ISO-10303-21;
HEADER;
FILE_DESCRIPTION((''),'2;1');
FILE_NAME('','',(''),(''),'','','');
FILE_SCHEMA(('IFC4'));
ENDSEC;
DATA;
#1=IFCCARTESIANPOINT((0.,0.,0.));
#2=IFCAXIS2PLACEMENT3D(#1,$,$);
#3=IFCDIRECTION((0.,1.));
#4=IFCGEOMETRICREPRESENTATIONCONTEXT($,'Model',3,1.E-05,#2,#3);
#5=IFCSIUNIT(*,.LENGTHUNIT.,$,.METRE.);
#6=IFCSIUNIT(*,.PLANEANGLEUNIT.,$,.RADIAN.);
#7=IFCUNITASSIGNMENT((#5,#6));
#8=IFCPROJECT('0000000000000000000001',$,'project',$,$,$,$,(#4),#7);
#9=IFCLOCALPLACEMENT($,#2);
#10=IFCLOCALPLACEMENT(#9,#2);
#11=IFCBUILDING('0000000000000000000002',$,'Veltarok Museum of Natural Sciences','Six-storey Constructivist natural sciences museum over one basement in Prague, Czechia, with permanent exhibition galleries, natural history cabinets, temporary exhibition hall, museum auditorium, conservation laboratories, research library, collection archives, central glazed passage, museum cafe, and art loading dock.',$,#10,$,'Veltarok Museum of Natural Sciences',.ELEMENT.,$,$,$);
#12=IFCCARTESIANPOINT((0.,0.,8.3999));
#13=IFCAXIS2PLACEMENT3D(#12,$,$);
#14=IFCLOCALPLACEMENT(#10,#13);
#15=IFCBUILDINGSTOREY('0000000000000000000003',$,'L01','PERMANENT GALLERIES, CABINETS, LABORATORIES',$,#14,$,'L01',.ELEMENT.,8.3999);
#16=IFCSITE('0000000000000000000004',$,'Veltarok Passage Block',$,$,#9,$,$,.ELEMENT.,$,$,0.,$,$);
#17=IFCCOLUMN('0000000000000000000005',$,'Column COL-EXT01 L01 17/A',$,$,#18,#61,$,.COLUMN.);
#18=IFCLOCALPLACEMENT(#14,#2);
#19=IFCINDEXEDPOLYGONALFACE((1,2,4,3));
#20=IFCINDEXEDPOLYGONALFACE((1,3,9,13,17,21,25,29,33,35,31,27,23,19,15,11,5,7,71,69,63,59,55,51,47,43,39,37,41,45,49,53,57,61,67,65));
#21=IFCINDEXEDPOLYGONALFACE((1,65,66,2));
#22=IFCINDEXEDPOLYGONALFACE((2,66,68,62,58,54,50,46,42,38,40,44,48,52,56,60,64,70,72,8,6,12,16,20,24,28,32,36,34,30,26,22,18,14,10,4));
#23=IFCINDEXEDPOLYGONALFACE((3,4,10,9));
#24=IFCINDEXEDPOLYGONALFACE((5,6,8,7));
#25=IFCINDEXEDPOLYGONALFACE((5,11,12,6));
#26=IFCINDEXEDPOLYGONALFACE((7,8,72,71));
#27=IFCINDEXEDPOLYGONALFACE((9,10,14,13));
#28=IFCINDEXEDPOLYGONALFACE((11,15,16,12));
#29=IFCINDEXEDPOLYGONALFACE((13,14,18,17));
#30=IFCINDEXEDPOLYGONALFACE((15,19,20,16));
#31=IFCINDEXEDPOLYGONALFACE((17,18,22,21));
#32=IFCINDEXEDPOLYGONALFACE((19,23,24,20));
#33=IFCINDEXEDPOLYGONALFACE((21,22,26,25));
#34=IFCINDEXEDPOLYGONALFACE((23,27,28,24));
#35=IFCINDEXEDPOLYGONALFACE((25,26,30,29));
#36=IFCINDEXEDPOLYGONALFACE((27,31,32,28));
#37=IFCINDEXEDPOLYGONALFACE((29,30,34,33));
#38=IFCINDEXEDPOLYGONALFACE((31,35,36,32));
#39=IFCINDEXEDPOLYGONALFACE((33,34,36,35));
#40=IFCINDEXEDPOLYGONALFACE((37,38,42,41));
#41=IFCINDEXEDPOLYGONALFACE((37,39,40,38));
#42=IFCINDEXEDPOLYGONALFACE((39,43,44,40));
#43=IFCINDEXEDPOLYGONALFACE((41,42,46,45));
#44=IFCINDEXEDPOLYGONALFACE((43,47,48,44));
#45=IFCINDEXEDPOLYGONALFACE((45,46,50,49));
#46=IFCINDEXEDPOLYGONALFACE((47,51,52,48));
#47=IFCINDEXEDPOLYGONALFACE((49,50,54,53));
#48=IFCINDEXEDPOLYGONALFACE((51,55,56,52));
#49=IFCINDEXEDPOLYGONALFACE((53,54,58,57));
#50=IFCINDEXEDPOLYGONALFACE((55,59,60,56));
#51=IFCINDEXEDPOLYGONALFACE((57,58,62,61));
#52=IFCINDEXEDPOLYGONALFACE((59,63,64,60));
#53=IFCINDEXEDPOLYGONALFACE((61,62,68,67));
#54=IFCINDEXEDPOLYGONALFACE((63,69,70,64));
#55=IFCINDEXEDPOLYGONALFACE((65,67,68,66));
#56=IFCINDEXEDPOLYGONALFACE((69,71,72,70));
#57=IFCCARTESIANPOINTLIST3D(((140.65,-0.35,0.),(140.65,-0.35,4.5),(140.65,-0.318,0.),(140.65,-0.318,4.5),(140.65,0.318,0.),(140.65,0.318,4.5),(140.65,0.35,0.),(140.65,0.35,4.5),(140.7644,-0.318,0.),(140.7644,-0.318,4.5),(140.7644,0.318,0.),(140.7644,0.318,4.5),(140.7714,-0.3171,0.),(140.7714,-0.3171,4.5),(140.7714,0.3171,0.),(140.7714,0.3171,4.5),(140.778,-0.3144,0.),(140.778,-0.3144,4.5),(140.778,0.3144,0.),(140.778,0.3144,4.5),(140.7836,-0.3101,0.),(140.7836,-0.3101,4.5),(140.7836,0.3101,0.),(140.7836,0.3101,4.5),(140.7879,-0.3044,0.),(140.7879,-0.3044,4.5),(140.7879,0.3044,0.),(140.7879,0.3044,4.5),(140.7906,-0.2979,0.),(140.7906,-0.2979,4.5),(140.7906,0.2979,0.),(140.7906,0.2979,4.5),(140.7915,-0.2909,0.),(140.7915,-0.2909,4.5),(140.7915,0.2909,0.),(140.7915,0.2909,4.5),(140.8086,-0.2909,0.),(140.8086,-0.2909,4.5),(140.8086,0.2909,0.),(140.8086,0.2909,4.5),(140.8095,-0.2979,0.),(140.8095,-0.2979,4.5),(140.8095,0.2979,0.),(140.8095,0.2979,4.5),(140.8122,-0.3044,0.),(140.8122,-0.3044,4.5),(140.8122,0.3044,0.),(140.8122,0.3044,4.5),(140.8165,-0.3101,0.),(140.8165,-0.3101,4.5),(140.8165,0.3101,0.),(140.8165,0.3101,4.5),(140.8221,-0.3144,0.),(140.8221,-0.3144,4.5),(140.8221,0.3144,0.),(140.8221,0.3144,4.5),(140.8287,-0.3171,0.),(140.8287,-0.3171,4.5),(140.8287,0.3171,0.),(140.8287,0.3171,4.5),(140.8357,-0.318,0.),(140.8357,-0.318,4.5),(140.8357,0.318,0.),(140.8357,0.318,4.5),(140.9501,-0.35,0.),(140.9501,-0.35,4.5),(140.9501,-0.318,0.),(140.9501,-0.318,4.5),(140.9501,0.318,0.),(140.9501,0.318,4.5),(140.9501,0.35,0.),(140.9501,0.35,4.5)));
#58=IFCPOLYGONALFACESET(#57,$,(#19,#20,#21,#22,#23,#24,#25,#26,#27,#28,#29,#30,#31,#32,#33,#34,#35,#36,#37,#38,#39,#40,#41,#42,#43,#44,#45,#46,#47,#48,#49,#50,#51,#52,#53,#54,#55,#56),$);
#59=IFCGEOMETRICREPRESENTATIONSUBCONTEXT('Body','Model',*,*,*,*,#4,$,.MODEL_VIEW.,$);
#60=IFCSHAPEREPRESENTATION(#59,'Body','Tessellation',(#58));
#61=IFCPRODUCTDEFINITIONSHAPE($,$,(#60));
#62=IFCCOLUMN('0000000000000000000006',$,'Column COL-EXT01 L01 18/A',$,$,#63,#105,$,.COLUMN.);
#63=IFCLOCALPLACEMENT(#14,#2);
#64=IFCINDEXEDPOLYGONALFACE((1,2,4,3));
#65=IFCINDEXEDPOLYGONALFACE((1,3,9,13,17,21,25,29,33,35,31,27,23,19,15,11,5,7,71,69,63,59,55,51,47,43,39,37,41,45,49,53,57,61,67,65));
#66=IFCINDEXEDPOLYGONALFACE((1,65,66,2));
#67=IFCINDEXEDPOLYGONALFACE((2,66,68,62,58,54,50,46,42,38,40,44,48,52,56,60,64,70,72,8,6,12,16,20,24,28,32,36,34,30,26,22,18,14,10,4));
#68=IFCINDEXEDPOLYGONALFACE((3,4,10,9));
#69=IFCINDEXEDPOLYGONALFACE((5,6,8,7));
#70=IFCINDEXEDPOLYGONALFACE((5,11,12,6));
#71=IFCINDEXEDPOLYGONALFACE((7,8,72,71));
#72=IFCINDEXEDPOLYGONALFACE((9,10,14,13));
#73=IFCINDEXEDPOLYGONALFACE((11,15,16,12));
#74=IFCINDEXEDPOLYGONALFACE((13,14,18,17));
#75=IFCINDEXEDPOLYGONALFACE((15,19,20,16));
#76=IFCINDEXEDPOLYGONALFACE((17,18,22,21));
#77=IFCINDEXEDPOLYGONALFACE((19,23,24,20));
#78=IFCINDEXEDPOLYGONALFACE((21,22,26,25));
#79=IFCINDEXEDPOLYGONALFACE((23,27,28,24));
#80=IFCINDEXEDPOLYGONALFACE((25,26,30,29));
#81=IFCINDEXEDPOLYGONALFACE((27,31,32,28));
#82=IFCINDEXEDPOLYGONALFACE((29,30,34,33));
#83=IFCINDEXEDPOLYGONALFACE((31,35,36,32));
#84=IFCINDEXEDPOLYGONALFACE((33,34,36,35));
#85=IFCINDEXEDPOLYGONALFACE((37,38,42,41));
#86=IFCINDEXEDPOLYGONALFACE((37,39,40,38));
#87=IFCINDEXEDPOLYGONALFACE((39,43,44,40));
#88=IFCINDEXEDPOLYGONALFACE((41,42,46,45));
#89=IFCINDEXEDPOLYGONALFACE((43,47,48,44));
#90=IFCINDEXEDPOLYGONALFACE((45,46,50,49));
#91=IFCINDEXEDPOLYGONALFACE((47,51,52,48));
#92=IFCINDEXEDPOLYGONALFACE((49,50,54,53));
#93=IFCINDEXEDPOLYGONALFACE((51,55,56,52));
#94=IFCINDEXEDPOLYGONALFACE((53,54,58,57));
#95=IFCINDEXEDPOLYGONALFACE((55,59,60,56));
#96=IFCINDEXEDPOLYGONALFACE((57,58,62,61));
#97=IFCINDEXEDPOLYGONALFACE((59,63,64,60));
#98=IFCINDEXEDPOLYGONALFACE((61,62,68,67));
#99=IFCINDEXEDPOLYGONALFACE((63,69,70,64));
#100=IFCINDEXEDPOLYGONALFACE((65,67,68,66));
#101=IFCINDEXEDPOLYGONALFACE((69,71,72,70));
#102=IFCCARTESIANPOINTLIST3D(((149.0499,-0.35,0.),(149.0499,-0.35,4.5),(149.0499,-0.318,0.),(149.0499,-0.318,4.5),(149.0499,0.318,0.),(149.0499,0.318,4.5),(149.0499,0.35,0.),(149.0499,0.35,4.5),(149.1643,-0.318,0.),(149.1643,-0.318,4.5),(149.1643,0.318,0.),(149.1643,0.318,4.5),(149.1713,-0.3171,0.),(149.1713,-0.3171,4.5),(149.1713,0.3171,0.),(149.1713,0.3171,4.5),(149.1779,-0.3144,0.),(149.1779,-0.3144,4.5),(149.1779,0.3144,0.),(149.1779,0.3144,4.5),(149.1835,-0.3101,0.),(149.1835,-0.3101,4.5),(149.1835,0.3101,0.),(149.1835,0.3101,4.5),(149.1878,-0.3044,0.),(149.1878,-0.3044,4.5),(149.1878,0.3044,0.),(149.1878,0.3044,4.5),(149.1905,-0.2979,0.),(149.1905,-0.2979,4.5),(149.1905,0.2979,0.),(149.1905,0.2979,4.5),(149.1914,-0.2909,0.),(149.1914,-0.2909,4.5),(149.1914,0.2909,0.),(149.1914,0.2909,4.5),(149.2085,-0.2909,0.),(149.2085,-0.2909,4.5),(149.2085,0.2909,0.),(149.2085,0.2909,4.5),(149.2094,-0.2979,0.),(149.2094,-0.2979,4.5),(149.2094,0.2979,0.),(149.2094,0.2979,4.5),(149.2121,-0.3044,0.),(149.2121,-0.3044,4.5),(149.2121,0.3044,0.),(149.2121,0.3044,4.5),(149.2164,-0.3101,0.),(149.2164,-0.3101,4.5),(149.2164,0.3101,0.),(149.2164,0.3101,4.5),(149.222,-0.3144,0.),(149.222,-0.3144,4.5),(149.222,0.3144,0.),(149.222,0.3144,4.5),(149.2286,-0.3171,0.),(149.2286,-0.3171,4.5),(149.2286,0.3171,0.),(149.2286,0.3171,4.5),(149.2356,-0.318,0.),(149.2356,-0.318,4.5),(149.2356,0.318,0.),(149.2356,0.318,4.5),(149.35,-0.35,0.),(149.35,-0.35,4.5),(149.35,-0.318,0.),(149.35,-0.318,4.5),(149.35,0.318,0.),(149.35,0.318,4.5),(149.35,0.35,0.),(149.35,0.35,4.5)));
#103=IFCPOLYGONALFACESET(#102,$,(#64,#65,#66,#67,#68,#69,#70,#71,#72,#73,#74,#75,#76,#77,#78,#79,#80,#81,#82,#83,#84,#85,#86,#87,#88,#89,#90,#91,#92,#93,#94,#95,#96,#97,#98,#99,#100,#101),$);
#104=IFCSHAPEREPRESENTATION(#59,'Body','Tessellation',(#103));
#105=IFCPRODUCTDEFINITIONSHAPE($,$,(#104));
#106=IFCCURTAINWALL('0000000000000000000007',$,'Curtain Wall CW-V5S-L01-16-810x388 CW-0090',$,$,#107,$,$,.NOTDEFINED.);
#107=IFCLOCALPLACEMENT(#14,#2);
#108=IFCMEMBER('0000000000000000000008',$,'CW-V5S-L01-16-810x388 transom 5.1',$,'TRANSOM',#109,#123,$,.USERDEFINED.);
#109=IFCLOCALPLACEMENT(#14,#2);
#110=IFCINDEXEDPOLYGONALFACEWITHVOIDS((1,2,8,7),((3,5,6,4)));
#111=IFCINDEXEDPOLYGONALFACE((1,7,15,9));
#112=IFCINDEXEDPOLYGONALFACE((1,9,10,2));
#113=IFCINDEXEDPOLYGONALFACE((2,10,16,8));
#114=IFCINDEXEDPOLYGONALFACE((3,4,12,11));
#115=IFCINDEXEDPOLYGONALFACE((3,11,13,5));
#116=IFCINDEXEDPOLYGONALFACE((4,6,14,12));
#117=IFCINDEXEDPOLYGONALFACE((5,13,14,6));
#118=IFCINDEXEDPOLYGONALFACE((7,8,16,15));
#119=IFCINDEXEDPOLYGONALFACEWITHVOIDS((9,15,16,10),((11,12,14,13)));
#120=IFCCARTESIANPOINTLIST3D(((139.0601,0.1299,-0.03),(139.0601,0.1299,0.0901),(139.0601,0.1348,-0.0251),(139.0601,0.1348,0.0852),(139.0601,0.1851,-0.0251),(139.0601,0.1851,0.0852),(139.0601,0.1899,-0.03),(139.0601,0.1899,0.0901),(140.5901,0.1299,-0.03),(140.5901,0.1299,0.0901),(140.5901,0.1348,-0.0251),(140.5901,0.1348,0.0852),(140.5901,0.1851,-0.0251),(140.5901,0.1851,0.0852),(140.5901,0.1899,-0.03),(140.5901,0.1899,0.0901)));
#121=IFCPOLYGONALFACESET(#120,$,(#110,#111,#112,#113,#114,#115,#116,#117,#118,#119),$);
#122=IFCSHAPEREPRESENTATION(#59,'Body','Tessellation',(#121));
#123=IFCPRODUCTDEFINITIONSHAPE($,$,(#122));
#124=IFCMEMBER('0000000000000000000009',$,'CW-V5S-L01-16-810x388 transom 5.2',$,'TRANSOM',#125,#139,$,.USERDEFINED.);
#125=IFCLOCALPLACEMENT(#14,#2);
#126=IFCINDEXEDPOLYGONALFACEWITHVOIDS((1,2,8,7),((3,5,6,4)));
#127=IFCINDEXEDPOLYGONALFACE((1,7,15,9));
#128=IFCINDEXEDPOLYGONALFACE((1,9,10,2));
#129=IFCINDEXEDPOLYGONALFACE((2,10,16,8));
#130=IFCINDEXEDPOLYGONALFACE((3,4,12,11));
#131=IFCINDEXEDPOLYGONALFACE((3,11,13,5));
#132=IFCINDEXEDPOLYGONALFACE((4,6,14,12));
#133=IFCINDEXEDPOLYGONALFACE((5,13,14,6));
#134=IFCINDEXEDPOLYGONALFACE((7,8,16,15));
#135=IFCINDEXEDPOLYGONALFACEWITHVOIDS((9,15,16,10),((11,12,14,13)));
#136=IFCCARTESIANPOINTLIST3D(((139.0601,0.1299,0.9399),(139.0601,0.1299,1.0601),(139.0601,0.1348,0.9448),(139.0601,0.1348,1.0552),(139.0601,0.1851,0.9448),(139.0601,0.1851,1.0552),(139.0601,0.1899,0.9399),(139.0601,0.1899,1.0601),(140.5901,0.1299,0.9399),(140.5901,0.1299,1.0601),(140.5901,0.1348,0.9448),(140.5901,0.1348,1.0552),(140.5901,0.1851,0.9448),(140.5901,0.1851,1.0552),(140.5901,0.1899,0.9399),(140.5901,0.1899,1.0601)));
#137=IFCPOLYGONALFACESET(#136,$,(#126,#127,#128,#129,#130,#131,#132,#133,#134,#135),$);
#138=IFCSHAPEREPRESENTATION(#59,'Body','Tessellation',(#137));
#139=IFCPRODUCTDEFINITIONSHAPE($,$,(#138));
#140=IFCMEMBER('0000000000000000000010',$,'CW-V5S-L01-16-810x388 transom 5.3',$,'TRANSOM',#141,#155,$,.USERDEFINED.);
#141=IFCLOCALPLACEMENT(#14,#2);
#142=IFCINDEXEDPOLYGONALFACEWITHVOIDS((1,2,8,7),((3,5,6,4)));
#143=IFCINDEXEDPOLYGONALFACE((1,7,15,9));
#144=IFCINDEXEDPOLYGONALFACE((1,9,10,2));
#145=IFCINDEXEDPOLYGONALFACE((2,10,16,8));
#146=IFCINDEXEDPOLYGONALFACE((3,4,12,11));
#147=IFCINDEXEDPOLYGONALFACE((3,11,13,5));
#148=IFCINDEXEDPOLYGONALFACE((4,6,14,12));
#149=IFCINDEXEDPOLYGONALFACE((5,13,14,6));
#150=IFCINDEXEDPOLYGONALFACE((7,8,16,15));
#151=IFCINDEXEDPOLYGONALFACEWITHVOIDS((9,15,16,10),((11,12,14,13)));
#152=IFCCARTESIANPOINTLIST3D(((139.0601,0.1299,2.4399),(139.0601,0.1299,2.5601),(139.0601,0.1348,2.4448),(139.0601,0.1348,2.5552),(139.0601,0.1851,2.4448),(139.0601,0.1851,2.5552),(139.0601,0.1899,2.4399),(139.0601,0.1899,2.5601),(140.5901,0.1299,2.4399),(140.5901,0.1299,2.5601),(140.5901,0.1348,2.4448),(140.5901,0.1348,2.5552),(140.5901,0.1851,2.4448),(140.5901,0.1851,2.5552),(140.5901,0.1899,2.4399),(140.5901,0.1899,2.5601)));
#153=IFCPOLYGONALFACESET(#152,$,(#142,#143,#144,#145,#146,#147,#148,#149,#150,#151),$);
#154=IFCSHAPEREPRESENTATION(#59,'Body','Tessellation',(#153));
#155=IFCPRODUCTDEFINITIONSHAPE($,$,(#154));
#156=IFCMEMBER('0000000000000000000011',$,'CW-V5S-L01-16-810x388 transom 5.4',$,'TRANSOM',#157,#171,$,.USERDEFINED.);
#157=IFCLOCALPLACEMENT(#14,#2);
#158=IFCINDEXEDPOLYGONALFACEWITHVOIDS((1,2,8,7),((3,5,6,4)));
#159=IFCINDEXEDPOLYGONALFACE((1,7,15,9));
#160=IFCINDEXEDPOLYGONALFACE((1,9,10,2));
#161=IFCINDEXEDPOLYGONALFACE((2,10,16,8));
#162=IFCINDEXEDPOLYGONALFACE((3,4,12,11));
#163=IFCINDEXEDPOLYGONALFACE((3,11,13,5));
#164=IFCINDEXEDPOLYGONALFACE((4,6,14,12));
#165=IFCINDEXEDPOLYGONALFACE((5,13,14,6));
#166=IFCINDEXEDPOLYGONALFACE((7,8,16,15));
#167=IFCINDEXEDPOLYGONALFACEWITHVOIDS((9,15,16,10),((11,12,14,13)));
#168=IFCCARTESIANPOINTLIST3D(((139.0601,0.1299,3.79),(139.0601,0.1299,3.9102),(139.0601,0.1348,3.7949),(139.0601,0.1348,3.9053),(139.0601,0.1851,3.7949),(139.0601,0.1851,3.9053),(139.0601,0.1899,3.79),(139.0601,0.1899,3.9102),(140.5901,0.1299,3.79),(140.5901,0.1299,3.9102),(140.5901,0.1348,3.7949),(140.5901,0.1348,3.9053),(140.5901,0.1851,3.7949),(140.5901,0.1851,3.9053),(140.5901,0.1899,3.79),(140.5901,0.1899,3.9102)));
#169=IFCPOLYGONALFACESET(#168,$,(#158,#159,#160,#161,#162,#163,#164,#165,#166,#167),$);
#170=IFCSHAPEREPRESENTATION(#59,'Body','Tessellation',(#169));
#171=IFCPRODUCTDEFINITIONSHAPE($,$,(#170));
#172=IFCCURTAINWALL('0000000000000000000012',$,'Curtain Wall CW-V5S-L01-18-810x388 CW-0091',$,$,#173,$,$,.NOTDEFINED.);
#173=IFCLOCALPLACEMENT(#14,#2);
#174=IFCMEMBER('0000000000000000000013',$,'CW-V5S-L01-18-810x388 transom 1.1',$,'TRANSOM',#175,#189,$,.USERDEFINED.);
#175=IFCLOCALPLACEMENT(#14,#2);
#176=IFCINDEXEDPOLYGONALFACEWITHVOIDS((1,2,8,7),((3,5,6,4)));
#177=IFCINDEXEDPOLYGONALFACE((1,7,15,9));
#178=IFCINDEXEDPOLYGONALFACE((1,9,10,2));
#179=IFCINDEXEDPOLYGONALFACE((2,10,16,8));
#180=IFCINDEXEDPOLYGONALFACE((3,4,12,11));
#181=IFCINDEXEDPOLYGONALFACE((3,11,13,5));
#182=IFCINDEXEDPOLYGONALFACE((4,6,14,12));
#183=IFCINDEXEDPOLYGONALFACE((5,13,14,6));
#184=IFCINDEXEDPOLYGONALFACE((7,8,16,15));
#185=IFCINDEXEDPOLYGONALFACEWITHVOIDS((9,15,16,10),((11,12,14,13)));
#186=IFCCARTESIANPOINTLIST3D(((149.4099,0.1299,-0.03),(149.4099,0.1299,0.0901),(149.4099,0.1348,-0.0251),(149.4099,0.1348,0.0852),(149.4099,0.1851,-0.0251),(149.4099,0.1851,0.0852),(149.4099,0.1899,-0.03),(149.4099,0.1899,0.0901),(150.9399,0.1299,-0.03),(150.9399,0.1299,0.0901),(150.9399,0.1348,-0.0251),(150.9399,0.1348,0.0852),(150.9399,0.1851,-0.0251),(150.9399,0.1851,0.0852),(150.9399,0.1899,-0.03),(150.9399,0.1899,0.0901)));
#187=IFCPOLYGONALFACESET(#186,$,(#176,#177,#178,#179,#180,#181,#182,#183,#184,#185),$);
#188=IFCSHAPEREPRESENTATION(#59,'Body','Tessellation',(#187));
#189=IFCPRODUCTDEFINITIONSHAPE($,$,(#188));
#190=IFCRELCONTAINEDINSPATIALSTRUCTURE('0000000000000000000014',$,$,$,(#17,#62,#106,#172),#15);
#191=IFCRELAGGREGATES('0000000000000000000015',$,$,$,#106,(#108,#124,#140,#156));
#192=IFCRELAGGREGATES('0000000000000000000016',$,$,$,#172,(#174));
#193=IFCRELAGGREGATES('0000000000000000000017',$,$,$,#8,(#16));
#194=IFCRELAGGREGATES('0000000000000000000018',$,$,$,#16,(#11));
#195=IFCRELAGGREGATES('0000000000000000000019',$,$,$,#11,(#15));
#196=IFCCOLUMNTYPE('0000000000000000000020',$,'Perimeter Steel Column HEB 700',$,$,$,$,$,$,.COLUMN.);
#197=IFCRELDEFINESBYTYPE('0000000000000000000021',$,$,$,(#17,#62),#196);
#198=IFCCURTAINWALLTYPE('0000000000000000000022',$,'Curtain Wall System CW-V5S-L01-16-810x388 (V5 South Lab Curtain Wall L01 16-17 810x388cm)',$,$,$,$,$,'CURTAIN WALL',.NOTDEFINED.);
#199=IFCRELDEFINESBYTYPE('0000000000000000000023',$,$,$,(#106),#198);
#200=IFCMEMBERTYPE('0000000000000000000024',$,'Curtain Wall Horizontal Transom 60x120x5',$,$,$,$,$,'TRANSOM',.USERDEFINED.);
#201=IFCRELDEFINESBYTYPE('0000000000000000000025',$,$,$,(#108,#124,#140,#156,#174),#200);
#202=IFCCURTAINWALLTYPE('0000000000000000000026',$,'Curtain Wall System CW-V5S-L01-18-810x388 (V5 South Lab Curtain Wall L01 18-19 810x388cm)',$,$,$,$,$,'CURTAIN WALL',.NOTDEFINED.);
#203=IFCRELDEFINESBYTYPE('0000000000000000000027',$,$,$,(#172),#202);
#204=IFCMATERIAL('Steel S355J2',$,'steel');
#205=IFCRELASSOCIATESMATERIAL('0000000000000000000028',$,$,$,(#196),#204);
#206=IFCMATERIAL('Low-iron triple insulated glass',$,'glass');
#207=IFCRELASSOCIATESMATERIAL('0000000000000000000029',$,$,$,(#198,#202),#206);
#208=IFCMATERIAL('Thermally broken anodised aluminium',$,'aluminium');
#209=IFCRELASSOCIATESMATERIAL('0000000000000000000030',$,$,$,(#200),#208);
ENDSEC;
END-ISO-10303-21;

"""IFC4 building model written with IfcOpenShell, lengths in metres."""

from ifc_helpers import new_model, si_unit, direction, frame, origin, origin_2d, place, context, subcontext, project, spatial, hollow_rectangle, i_section, extrude, material, material_profile, profile_set, type_object, element, aggregate, save


model = new_model("IFC4")

# Units and contexts
model_context = context("Model", 3, precision=1e-05, world=origin(), true_north=direction((0.0, 1.0)))
body_context = subcontext(model_context, "Body", "Model", "MODEL_VIEW")
ifc_project = project(units=[si_unit("LENGTHUNIT", "METRE"), si_unit("PLANEANGLEUNIT", "RADIAN")], contexts=[model_context])

# Site, building, storey
site_placement = place(None, origin())
site = spatial("IfcSite", under=ifc_project, at=site_placement, Name="Veltarok Passage Block", CompositionType="ELEMENT", RefElevation=0.0)
building_placement = place(site_placement, origin())
building = spatial("IfcBuilding", under=site, at=building_placement, Name="Veltarok Museum of Natural Sciences", Description="Six-storey Constructivist natural sciences museum over one basement in Prague, Czechia, with permanent exhibition galleries, natural history cabinets, temporary exhibition hall, museum auditorium, conservation laboratories, research library, collection archives, central glazed passage, museum cafe, and art loading dock.", LongName="Veltarok Museum of Natural Sciences", CompositionType="ELEMENT")
storey_placement = place(building_placement, frame((0.0, 0.0, 8.3999)))
storey = spatial("IfcBuildingStorey", under=building, at=storey_placement, Name="L01", Description="PERMANENT GALLERIES, CABINETS, LABORATORIES", LongName="L01", CompositionType="ELEMENT", Elevation=8.3999)

# Columns
ifc_material_1 = material(Name="Steel S355J2", Category="steel")
ifc_material_profile_1 = material_profile(ifc_material_1, i_section(OverallWidth=0.3, OverallDepth=0.7, WebThickness=0.0171, FlangeThickness=0.032, FilletRadius=0.0271, at=origin_2d()), Name="HEB 700")
ifc_profile_set_1 = profile_set([ifc_material_profile_1], Name="Steel S355J2")
column_type = type_object("IfcColumnType", Name="Perimeter Steel Column HEB 700", PredefinedType="COLUMN", material=ifc_profile_set_1)
for number, where, z_axis, x_axis, name in (
    (1, (140.8, 0.0, 0.0), (0.0, 0.0, 1.0), (1.0, 0.0, 0.0), "Column COL-EXT01 L01 17/A"),
    (2, (149.2, 0.0, 0.0), (0.0, 0.0, 1.0), (1.0, 0.0, 0.0), "Column COL-EXT01 L01 18/A"),
):
    element("IfcColumn", number, at=place(storey_placement, frame(where, z_axis=z_axis, x_axis=x_axis)), inside=storey, type_object=column_type, Name=name, PredefinedType="COLUMN", context=body_context, shape_type="SweptSolid", body=[
        extrude(i_section(OverallWidth=0.3, OverallDepth=0.7, WebThickness=0.0171, FlangeThickness=0.032, FilletRadius=0.0271, at=origin_2d()), origin(), (0.0, 0.0, 1.0), 4.5),
    ])

# Curtain walls, members
ifc_material_2 = material(Name="Low-iron triple insulated glass", Category="glass")
curtain_wall_type_1 = type_object("IfcCurtainWallType", Name="Curtain Wall System CW-V5S-L01-16-810x388 (V5 South Lab Curtain Wall L01 16-17 810x388cm)", ElementType="CURTAIN WALL", PredefinedType="NOTDEFINED", material=ifc_material_2)
curtain_wall_1_placement = place(storey_placement, origin())
curtain_wall_1 = element("IfcCurtainWall", 3, at=curtain_wall_1_placement, inside=storey, type_object=curtain_wall_type_1, Name="Curtain Wall CW-V5S-L01-16-810x388 CW-0090", PredefinedType="NOTDEFINED")
ifc_material_3 = material(Name="Thermally broken anodised aluminium", Category="aluminium")
ifc_material_profile_2 = material_profile(ifc_material_3, hollow_rectangle(XDim=0.0601, YDim=0.1201, WallThickness=0.0049, at=origin_2d()), Name="CW TRANSOM 60x120x5")
ifc_profile_set_2 = profile_set([ifc_material_profile_2], Name="Thermally broken anodised aluminium")
member_type_1 = type_object("IfcMemberType", Name="Curtain Wall Horizontal Transom 60x120x5", ElementType="TRANSOM", PredefinedType="USERDEFINED", material=ifc_profile_set_2)
member_1_placement = place(storey_placement, frame((139.0601, 0.1599, 0.03), z_axis=(1.0, 0.0, 0.0), x_axis=(0.0, 1.0, 0.0)))
member_1 = element("IfcMember", 4, at=member_1_placement, type_object=member_type_1, Name="CW-V5S-L01-16-810x388 transom 5.1", ObjectType="TRANSOM", PredefinedType="USERDEFINED", context=body_context, shape_type="SweptSolid", body=[
    extrude(hollow_rectangle(XDim=0.0601, YDim=0.1201, WallThickness=0.0049, at=origin_2d()), origin(), (0.0, 0.0, 1.0), 1.53),
])
member_2_placement = place(storey_placement, frame((139.0601, 0.1599, 1.0), z_axis=(1.0, 0.0, 0.0), x_axis=(0.0, 1.0, 0.0)))
member_2 = element("IfcMember", 5, at=member_2_placement, type_object=member_type_1, Name="CW-V5S-L01-16-810x388 transom 5.2", ObjectType="TRANSOM", PredefinedType="USERDEFINED", context=body_context, shape_type="SweptSolid", body=[
    extrude(hollow_rectangle(XDim=0.0601, YDim=0.1201, WallThickness=0.0049, at=origin_2d()), origin(), (0.0, 0.0, 1.0), 1.53),
])
member_3_placement = place(storey_placement, frame((139.0601, 0.1599, 2.5), z_axis=(1.0, 0.0, 0.0), x_axis=(0.0, 1.0, 0.0)))
member_3 = element("IfcMember", 6, at=member_3_placement, type_object=member_type_1, Name="CW-V5S-L01-16-810x388 transom 5.3", ObjectType="TRANSOM", PredefinedType="USERDEFINED", context=body_context, shape_type="SweptSolid", body=[
    extrude(hollow_rectangle(XDim=0.0601, YDim=0.1201, WallThickness=0.0049, at=origin_2d()), origin(), (0.0, 0.0, 1.0), 1.53),
])
member_4_placement = place(storey_placement, frame((139.0601, 0.1599, 3.8501), z_axis=(1.0, 0.0, 0.0), x_axis=(0.0, 1.0, 0.0)))
member_4 = element("IfcMember", 7, at=member_4_placement, type_object=member_type_1, Name="CW-V5S-L01-16-810x388 transom 5.4", ObjectType="TRANSOM", PredefinedType="USERDEFINED", context=body_context, shape_type="SweptSolid", body=[
    extrude(hollow_rectangle(XDim=0.0601, YDim=0.1201, WallThickness=0.0049, at=origin_2d()), origin(), (0.0, 0.0, 1.0), 1.53),
])
curtain_wall_type_2 = type_object("IfcCurtainWallType", Name="Curtain Wall System CW-V5S-L01-18-810x388 (V5 South Lab Curtain Wall L01 18-19 810x388cm)", ElementType="CURTAIN WALL", PredefinedType="NOTDEFINED", material=ifc_material_2)
curtain_wall_2_placement = place(storey_placement, origin())
curtain_wall_2 = element("IfcCurtainWall", 8, at=curtain_wall_2_placement, inside=storey, type_object=curtain_wall_type_2, Name="Curtain Wall CW-V5S-L01-18-810x388 CW-0091", PredefinedType="NOTDEFINED")
member_5_placement = place(storey_placement, frame((149.4099, 0.1599, 0.03), z_axis=(1.0, 0.0, 0.0), x_axis=(0.0, 1.0, 0.0)))
member_5 = element("IfcMember", 9, at=member_5_placement, type_object=member_type_1, Name="CW-V5S-L01-18-810x388 transom 1.1", ObjectType="TRANSOM", PredefinedType="USERDEFINED", context=body_context, shape_type="SweptSolid", body=[
    extrude(hollow_rectangle(XDim=0.0601, YDim=0.1201, WallThickness=0.0049, at=origin_2d()), origin(), (0.0, 0.0, 1.0), 1.53),
])

aggregate(curtain_wall_1, [member_1, member_2, member_3, member_4])
aggregate(curtain_wall_2, [member_5])

save(model, "model.ifc")
